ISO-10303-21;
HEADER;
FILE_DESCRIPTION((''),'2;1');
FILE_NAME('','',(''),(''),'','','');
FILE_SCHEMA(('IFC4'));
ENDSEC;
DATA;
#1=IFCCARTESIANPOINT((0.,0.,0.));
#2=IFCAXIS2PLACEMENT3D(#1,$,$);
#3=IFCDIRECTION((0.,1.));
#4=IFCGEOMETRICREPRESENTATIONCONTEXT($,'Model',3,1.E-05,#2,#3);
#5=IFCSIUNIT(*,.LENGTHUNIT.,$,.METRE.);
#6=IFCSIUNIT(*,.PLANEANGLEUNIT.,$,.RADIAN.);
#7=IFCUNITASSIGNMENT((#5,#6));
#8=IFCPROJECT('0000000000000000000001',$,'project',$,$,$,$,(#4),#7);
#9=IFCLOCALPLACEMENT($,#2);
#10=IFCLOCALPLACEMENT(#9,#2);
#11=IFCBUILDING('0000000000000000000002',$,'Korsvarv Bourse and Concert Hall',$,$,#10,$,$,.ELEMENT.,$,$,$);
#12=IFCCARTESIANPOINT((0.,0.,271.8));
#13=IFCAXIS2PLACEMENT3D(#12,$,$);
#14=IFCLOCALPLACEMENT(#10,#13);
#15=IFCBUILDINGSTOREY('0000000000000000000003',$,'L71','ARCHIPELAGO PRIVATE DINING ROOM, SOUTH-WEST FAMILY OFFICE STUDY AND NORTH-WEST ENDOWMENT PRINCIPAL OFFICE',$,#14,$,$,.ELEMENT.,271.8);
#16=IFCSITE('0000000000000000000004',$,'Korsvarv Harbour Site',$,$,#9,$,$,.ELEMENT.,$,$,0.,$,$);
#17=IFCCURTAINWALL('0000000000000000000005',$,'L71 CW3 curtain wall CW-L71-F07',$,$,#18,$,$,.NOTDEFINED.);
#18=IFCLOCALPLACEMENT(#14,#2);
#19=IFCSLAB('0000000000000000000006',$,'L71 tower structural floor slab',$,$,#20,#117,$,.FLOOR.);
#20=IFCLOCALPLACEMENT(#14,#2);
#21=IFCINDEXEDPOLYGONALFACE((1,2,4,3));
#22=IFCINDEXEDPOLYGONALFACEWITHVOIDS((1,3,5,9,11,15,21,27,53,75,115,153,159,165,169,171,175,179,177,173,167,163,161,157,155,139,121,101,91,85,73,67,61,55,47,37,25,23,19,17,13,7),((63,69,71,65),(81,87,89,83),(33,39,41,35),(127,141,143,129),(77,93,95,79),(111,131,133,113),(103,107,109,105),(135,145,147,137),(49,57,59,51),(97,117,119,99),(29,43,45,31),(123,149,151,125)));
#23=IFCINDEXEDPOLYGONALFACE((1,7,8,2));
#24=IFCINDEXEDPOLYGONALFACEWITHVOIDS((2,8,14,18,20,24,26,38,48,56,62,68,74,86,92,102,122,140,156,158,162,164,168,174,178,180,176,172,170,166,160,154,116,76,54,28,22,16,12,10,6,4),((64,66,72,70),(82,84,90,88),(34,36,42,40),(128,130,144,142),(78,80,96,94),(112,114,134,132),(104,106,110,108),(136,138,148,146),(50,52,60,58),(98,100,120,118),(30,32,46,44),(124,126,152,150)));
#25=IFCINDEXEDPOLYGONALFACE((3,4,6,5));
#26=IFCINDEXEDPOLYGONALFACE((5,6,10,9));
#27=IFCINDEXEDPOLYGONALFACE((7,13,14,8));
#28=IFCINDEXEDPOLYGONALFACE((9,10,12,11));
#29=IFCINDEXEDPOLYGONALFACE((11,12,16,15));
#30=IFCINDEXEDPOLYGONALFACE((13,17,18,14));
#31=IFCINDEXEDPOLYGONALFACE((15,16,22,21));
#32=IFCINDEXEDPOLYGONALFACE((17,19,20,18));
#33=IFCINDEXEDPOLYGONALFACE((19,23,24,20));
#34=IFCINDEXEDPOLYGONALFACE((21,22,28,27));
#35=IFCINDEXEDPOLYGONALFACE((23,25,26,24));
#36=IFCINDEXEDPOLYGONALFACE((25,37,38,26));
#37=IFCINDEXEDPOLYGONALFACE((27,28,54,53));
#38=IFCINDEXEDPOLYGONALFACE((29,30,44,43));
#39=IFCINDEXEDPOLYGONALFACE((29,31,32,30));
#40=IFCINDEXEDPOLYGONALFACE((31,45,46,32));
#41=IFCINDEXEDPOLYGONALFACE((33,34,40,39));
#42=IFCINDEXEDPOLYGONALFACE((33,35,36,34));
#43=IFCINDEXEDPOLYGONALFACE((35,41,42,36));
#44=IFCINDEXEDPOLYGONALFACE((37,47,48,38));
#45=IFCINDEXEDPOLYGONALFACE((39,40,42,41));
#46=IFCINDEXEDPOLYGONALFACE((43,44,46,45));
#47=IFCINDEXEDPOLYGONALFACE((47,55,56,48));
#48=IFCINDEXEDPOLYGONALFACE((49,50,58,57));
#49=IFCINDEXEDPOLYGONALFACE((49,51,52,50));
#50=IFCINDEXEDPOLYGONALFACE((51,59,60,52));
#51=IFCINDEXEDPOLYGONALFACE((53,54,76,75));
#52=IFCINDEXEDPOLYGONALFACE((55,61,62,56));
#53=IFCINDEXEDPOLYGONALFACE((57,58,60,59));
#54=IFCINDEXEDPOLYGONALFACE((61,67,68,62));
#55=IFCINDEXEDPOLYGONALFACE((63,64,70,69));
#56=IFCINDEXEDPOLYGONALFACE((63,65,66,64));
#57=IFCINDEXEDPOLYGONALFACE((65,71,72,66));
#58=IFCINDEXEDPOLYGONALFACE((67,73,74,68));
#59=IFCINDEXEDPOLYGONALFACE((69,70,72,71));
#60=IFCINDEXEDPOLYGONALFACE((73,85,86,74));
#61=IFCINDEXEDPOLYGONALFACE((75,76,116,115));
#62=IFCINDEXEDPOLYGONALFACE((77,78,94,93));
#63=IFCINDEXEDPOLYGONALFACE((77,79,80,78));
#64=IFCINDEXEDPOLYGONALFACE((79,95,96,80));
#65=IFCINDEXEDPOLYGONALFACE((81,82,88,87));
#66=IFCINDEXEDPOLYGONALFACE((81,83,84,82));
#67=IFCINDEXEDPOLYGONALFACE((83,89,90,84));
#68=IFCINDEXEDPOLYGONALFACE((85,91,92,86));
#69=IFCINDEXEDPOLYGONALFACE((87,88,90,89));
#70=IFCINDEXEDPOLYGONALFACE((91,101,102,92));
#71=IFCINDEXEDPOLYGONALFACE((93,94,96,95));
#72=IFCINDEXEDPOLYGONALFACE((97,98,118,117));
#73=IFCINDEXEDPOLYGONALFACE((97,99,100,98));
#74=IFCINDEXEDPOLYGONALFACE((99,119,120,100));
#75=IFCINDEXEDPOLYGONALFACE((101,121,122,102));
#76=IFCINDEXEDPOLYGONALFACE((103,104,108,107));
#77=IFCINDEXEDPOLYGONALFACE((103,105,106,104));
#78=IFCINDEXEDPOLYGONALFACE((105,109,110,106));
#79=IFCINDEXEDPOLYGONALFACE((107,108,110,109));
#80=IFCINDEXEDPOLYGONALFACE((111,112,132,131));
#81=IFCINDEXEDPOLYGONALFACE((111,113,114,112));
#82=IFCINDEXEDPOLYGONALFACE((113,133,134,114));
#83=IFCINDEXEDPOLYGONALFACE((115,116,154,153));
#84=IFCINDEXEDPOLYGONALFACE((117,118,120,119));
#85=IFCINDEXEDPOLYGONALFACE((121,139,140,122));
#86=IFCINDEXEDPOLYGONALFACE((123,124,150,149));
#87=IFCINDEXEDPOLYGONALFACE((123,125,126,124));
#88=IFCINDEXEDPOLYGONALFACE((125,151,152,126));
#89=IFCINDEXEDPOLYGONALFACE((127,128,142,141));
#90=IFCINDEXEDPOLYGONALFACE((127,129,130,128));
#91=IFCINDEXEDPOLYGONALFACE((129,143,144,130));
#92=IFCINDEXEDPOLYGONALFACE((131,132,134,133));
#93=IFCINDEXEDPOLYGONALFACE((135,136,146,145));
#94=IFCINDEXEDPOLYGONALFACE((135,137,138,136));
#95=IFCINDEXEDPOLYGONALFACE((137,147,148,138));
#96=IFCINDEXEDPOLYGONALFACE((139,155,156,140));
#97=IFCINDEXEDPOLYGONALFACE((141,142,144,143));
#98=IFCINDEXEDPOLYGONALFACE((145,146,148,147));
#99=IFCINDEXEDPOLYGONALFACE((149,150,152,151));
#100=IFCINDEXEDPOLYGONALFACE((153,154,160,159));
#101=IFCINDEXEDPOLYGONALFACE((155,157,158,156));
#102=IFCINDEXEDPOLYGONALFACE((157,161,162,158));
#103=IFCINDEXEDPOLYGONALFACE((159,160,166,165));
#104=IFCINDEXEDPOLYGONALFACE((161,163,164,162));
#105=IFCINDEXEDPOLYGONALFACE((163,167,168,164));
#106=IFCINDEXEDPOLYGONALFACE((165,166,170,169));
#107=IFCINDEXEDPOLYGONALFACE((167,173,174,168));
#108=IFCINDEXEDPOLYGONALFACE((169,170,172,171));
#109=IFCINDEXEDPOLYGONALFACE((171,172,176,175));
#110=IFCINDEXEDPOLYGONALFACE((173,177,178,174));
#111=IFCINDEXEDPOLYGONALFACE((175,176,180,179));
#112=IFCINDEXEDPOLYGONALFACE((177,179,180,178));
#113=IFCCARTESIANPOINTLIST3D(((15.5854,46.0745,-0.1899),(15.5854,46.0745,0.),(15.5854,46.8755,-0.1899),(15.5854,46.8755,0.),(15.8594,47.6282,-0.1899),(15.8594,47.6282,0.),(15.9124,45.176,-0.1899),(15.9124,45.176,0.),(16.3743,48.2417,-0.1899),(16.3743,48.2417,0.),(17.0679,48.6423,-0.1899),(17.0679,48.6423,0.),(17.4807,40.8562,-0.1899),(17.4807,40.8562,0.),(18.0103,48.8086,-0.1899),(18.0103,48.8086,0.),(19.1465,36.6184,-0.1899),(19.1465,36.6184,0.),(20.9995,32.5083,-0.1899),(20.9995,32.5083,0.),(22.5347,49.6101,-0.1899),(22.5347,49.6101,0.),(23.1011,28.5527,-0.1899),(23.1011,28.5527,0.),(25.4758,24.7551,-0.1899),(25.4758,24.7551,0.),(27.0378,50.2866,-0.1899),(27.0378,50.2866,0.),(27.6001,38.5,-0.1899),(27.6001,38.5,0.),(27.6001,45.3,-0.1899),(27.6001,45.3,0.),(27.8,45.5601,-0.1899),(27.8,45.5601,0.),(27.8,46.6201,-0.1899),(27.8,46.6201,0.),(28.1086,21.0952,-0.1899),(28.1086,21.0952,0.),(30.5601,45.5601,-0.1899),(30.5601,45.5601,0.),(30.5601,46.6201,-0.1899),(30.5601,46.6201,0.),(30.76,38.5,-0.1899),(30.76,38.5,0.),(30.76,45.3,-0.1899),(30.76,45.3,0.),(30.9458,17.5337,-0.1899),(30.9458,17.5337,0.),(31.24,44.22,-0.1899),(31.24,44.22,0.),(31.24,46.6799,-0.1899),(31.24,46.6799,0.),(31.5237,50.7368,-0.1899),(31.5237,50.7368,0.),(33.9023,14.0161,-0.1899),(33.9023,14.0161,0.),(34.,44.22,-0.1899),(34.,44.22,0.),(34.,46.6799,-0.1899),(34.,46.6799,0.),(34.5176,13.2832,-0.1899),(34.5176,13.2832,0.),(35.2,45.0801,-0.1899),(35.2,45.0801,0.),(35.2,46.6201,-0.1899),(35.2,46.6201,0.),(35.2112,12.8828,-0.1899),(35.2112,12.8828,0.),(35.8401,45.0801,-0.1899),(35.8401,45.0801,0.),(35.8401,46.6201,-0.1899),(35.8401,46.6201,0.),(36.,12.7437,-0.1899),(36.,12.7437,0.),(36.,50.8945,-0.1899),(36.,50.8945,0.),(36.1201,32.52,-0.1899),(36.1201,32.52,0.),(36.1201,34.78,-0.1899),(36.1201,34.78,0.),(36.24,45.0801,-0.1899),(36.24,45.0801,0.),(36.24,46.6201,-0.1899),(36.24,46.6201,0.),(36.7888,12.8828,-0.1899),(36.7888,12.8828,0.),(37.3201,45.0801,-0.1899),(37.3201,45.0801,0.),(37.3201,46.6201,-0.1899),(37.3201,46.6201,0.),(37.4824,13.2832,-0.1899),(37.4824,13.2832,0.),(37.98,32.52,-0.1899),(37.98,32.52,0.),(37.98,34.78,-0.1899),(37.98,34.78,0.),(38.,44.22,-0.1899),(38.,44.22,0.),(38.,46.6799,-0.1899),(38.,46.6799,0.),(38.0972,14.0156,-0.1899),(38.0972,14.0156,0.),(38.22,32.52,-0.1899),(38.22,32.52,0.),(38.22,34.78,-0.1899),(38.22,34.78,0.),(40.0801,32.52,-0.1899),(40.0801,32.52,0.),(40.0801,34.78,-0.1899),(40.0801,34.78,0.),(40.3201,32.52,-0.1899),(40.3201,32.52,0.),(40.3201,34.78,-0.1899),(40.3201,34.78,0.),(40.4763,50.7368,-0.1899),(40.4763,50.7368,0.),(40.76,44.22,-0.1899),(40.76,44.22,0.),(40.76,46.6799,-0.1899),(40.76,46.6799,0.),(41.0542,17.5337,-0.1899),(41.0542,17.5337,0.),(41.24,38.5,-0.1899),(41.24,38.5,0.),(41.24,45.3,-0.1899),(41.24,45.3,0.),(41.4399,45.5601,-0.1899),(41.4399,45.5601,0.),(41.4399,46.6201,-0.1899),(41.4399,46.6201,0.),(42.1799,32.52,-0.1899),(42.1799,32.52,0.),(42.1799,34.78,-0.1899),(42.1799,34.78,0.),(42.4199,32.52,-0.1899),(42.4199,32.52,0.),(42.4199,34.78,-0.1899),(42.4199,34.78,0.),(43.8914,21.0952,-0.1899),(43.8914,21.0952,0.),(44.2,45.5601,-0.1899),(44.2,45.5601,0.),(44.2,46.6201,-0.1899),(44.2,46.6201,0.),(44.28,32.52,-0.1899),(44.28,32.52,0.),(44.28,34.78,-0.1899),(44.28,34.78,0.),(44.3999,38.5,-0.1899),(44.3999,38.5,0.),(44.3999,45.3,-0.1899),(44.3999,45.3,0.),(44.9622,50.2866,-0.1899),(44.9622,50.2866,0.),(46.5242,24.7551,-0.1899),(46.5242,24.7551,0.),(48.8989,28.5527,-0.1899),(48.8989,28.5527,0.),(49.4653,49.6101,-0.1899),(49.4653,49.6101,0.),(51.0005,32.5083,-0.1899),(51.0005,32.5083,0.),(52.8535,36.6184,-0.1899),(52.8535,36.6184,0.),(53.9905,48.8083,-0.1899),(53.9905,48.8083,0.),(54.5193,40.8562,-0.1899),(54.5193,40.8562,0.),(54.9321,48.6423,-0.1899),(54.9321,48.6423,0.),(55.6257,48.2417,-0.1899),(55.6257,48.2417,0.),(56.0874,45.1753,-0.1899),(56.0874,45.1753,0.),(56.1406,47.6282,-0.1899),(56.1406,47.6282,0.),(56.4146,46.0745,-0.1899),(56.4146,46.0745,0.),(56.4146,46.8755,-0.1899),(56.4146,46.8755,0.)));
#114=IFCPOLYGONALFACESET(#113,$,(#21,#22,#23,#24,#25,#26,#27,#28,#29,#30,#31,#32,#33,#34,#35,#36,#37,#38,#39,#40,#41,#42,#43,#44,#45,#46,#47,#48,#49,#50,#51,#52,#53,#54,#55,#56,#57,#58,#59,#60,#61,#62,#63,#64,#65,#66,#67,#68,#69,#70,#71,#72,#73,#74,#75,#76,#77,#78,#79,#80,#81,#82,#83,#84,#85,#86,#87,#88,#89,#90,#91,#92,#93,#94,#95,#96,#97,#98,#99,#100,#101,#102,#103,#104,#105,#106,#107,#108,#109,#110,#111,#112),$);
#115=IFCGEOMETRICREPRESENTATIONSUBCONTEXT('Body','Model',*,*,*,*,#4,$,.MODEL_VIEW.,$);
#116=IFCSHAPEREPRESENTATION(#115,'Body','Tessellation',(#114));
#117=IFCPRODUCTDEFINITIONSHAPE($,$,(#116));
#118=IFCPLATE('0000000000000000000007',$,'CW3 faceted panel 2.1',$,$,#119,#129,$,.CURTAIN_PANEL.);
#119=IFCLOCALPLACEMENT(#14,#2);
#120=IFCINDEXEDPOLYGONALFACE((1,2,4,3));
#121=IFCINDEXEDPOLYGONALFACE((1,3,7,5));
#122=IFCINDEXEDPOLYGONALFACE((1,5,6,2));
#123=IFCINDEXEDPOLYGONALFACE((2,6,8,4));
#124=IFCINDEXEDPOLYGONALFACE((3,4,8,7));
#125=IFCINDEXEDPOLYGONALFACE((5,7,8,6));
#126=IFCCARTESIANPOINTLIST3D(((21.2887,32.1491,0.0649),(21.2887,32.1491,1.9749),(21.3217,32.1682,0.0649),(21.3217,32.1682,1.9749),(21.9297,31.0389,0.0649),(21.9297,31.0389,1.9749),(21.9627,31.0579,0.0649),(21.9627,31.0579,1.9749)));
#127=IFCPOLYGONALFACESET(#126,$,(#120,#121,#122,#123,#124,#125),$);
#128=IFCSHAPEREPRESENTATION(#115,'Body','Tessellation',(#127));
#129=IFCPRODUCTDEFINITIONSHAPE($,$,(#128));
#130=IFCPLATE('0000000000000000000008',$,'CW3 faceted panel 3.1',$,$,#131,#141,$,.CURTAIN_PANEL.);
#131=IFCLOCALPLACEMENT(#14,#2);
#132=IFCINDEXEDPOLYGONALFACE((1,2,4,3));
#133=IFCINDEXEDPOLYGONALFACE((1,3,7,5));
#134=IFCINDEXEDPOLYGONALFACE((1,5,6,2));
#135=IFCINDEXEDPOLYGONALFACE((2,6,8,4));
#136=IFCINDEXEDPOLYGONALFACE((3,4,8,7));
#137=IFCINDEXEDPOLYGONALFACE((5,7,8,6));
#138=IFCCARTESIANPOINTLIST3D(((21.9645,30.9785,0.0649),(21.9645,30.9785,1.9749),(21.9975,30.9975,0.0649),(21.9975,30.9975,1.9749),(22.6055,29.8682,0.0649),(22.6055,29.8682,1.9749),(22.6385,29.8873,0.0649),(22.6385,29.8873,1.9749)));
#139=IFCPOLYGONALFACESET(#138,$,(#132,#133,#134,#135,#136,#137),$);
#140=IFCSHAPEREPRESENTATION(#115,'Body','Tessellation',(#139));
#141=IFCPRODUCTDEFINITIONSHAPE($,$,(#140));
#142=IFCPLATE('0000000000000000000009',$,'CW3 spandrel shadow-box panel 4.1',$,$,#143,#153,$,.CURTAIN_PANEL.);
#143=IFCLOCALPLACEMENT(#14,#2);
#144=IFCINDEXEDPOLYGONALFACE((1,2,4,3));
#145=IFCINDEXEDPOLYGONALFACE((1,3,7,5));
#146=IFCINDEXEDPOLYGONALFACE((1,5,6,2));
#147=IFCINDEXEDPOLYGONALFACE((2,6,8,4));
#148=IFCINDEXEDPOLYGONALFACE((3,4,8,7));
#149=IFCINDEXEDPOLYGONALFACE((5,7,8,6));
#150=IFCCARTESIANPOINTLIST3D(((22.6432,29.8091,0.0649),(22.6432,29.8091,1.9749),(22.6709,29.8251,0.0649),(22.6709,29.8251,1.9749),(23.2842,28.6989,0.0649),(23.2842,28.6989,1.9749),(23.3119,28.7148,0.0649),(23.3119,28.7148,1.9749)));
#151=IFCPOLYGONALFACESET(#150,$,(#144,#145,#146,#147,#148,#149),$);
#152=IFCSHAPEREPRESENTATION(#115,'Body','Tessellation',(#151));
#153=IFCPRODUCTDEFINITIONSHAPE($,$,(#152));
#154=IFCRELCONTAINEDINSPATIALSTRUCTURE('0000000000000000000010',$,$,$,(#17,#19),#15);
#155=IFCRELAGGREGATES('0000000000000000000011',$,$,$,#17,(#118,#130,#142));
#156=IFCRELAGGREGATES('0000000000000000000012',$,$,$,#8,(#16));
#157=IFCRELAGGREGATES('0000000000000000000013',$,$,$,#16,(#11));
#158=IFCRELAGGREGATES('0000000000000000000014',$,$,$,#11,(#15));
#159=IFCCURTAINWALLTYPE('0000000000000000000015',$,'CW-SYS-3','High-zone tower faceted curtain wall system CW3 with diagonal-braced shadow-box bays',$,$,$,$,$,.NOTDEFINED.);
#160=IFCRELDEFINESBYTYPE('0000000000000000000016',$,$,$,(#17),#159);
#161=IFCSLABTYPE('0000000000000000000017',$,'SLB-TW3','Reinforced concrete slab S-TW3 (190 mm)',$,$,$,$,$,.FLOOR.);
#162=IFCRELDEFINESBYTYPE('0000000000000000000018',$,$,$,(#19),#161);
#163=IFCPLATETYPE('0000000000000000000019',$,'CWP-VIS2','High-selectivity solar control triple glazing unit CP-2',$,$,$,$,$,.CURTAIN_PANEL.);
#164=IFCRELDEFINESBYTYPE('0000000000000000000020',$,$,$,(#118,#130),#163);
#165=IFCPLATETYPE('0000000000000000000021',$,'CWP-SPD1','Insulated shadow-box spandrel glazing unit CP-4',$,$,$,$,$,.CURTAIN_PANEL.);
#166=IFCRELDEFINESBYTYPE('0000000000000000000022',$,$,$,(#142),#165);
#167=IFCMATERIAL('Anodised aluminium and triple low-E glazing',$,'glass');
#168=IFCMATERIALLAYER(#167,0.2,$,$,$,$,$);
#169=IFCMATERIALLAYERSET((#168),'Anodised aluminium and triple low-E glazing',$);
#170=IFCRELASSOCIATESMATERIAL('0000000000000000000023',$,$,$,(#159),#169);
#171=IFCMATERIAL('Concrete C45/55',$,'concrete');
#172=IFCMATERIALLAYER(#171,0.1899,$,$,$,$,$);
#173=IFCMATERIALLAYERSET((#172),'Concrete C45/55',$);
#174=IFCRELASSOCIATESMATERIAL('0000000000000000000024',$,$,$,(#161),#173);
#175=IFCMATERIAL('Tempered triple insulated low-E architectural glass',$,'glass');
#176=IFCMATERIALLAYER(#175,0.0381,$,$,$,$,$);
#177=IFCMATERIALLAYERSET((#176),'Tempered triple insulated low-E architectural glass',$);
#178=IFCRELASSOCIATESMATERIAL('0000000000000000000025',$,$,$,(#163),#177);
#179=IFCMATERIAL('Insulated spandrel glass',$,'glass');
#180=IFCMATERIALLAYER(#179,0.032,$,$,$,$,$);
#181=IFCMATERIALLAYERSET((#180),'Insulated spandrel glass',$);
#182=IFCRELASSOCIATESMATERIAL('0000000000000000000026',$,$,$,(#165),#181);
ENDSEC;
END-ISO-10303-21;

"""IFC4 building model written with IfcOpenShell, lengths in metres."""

from ifc_helpers import new_model, si_unit, direction, frame, origin, origin_2d, place, context, subcontext, project, spatial, polyline, rectangle, outline, extrude, source, transform, mapped, material, layer, layer_set, type_object, element, aggregate, save


model = new_model("IFC4")

# Units and contexts
model_context = context("Model", 3, precision=1e-05, world=origin(), true_north=direction((0.0, 1.0)))
body_context = subcontext(model_context, "Body", "Model", "MODEL_VIEW")
ifc_project = project(units=[si_unit("LENGTHUNIT", "METRE"), si_unit("PLANEANGLEUNIT", "RADIAN")], contexts=[model_context])

# Site, building, storey
site_placement = place(None, origin())
site = spatial("IfcSite", under=ifc_project, at=site_placement, Name="Korsvarv Harbour Site", CompositionType="ELEMENT", RefElevation=0.0)
building_placement = place(site_placement, origin())
building = spatial("IfcBuilding", under=site, at=building_placement, Name="Korsvarv Bourse and Concert Hall", CompositionType="ELEMENT")
storey_placement = place(building_placement, frame((0.0, 0.0, 271.8)))
storey = spatial("IfcBuildingStorey", under=building, at=storey_placement, Name="L71", Description="ARCHIPELAGO PRIVATE DINING ROOM, SOUTH-WEST FAMILY OFFICE STUDY AND NORTH-WEST ENDOWMENT PRINCIPAL OFFICE", CompositionType="ELEMENT", Elevation=271.8)

# Curtain wall
ifc_material_1 = material(Name="Anodised aluminium and triple low-E glazing", Category="glass")
ifc_layer_1 = layer(ifc_material_1, 0.2)
ifc_layer_set_1 = layer_set([ifc_layer_1], Name="Anodised aluminium and triple low-E glazing")
curtain_wall_type = type_object("IfcCurtainWallType", Name="CW-SYS-3", Description="High-zone tower faceted curtain wall system CW3 with diagonal-braced shadow-box bays", PredefinedType="NOTDEFINED", material=ifc_layer_set_1)
curtain_wall_placement = place(storey_placement, origin())
curtain_wall = element("IfcCurtainWall", 1, at=curtain_wall_placement, inside=storey, type_object=curtain_wall_type, Name="L71 CW3 curtain wall CW-L71-F07", PredefinedType="NOTDEFINED")

# Slab
ifc_material_2 = material(Name="Concrete C45/55", Category="concrete")
ifc_layer_2 = layer(ifc_material_2, 0.1899)
ifc_layer_set_2 = layer_set([ifc_layer_2], Name="Concrete C45/55")
slab_type_1 = type_object("IfcSlabType", Name="SLB-TW3", Description="Reinforced concrete slab S-TW3 (190 mm)", PredefinedType="FLOOR", material=ifc_layer_set_2)
slab_1_placement = place(storey_placement, frame((0.0, 0.0, -0.1899)))
element("IfcSlab", 2, at=slab_1_placement, inside=storey, type_object=slab_type_1, Name="L71 tower structural floor slab", PredefinedType="FLOOR", context=body_context, shape_type="SweptSolid", body=[
    extrude(outline(polyline([(56.0874, 45.1753), (54.5193, 40.8562), (52.8535, 36.6184), (51.0005, 32.5083), (48.8989, 28.5527), (46.5242, 24.7551), (43.8914, 21.0952), (41.0542, 17.5337), (38.0972, 14.0156), (37.4824, 13.2832), (36.7888, 12.8828), (36.0, 12.7437), (35.2112, 12.8828), (34.5176, 13.2832), (33.9023, 14.0161), (30.9458, 17.5337), (28.1086, 21.0952), (25.4758, 24.7551), (23.1011, 28.5527), (20.9995, 32.5083), (19.1465, 36.6184), (17.4807, 40.8562), (15.9124, 45.176), (15.5854, 46.0745), (15.5854, 46.8755), (15.8594, 47.6282), (16.3743, 48.2417), (17.0679, 48.6423), (18.0103, 48.8086), (22.5347, 49.6101), (27.0378, 50.2866), (31.5237, 50.7368), (36.0, 50.8945), (40.4763, 50.7368), (44.9622, 50.2866), (49.4653, 49.6101), (53.9905, 48.8083), (54.9321, 48.6423), (55.6257, 48.2417), (56.1406, 47.6282), (56.4146, 46.8755), (56.4146, 46.0745), (56.0874, 45.1753)]), holes=[polyline([(30.76, 38.5), (30.76, 45.3), (27.6001, 45.3), (27.6001, 38.5), (30.76, 38.5)]), polyline([(44.3999, 38.5), (44.3999, 45.3), (41.24, 45.3), (41.24, 38.5), (44.3999, 38.5)]), polyline([(31.24, 44.22), (34.0, 44.22), (34.0, 46.6799), (31.24, 46.6799), (31.24, 44.22)]), polyline([(38.0, 44.22), (40.76, 44.22), (40.76, 46.6799), (38.0, 46.6799), (38.0, 44.22)]), polyline([(36.1201, 32.52), (37.98, 32.52), (37.98, 34.78), (36.1201, 34.78), (36.1201, 32.52)]), polyline([(38.22, 32.52), (40.0801, 32.52), (40.0801, 34.78), (38.22, 34.78), (38.22, 32.52)]), polyline([(40.3201, 32.52), (42.1799, 32.52), (42.1799, 34.78), (40.3201, 34.78), (40.3201, 32.52)]), polyline([(42.4199, 32.52), (44.28, 32.52), (44.28, 34.78), (42.4199, 34.78), (42.4199, 32.52)]), polyline([(27.8, 45.5601), (30.5601, 45.5601), (30.5601, 46.6201), (27.8, 46.6201), (27.8, 45.5601)]), polyline([(41.4399, 45.5601), (44.2, 45.5601), (44.2, 46.6201), (41.4399, 46.6201), (41.4399, 45.5601)]), polyline([(35.2, 45.0801), (35.8401, 45.0801), (35.8401, 46.6201), (35.2, 46.6201), (35.2, 45.0801)]), polyline([(36.24, 45.0801), (37.3201, 45.0801), (37.3201, 46.6201), (36.24, 46.6201), (36.24, 45.0801)])]), origin(), (0.0, 0.0, 1.0), 0.1899),
])

# Plates
ifc_material_3 = material(Name="Tempered triple insulated low-E architectural glass", Category="glass")
ifc_layer_3 = layer(ifc_material_3, 0.0381)
ifc_layer_set_3 = layer_set([ifc_layer_3], Name="Tempered triple insulated low-E architectural glass")
plate_type_1 = type_object("IfcPlateType", Name="CWP-VIS2", Description="High-selectivity solar control triple glazing unit CP-2", PredefinedType="CURTAIN_PANEL", material=ifc_layer_set_3)
shared_shape_1 = source(origin(), body_context, "Body", "SweptSolid", [
    extrude(rectangle(XDim=1.282, YDim=0.0381, at=origin_2d()), origin(), (0.0, 0.0, 1.0), 1.9099),
])
plate_1_placement = place(storey_placement, frame((21.6257, 31.6035, 0.0649), z_axis=(0.0, 0.0, 1.0), x_axis=(0.500004, -0.866023, 0.0)))
plate_1 = element("IfcPlate", 3, at=plate_1_placement, type_object=plate_type_1, Name="CW3 faceted panel 2.1", PredefinedType="CURTAIN_PANEL", context=body_context, shape_type="MappedRepresentation", body=[
    mapped(shared_shape_1, transform((0.0, 0.0, 0.0), scale=1.0)),
])
plate_2_placement = place(storey_placement, frame((22.3015, 30.4329, 0.0649), z_axis=(0.0, 0.0, 1.0), x_axis=(0.500004, -0.866023, 0.0)))
plate_2 = element("IfcPlate", 4, at=plate_2_placement, type_object=plate_type_1, Name="CW3 faceted panel 3.1", PredefinedType="CURTAIN_PANEL", context=body_context, shape_type="MappedRepresentation", body=[
    mapped(shared_shape_1, transform((0.0, 0.0, 0.0), scale=1.0)),
])
ifc_material_4 = material(Name="Insulated spandrel glass", Category="glass")
ifc_layer_4 = layer(ifc_material_4, 0.032)
ifc_layer_set_4 = layer_set([ifc_layer_4], Name="Insulated spandrel glass")
plate_type_2 = type_object("IfcPlateType", Name="CWP-SPD1", Description="Insulated shadow-box spandrel glazing unit CP-4", PredefinedType="CURTAIN_PANEL", material=ifc_layer_set_4)
shared_shape_2 = source(origin(), body_context, "Body", "SweptSolid", [
    extrude(rectangle(XDim=1.282, YDim=0.032, at=origin_2d()), origin(), (0.0, 0.0, 1.0), 1.9099),
])
plate_3_placement = place(storey_placement, frame((22.9775, 29.262, 0.0649), z_axis=(0.0, 0.0, 1.0), x_axis=(0.500004, -0.866023, 0.0)))
plate_3 = element("IfcPlate", 5, at=plate_3_placement, type_object=plate_type_2, Name="CW3 spandrel shadow-box panel 4.1", PredefinedType="CURTAIN_PANEL", context=body_context, shape_type="MappedRepresentation", body=[
    mapped(shared_shape_2, transform((0.0, 0.0, 0.0), scale=1.0)),
])
aggregate(curtain_wall, [plate_1, plate_2, plate_3])

save(model, "model.ifc")
